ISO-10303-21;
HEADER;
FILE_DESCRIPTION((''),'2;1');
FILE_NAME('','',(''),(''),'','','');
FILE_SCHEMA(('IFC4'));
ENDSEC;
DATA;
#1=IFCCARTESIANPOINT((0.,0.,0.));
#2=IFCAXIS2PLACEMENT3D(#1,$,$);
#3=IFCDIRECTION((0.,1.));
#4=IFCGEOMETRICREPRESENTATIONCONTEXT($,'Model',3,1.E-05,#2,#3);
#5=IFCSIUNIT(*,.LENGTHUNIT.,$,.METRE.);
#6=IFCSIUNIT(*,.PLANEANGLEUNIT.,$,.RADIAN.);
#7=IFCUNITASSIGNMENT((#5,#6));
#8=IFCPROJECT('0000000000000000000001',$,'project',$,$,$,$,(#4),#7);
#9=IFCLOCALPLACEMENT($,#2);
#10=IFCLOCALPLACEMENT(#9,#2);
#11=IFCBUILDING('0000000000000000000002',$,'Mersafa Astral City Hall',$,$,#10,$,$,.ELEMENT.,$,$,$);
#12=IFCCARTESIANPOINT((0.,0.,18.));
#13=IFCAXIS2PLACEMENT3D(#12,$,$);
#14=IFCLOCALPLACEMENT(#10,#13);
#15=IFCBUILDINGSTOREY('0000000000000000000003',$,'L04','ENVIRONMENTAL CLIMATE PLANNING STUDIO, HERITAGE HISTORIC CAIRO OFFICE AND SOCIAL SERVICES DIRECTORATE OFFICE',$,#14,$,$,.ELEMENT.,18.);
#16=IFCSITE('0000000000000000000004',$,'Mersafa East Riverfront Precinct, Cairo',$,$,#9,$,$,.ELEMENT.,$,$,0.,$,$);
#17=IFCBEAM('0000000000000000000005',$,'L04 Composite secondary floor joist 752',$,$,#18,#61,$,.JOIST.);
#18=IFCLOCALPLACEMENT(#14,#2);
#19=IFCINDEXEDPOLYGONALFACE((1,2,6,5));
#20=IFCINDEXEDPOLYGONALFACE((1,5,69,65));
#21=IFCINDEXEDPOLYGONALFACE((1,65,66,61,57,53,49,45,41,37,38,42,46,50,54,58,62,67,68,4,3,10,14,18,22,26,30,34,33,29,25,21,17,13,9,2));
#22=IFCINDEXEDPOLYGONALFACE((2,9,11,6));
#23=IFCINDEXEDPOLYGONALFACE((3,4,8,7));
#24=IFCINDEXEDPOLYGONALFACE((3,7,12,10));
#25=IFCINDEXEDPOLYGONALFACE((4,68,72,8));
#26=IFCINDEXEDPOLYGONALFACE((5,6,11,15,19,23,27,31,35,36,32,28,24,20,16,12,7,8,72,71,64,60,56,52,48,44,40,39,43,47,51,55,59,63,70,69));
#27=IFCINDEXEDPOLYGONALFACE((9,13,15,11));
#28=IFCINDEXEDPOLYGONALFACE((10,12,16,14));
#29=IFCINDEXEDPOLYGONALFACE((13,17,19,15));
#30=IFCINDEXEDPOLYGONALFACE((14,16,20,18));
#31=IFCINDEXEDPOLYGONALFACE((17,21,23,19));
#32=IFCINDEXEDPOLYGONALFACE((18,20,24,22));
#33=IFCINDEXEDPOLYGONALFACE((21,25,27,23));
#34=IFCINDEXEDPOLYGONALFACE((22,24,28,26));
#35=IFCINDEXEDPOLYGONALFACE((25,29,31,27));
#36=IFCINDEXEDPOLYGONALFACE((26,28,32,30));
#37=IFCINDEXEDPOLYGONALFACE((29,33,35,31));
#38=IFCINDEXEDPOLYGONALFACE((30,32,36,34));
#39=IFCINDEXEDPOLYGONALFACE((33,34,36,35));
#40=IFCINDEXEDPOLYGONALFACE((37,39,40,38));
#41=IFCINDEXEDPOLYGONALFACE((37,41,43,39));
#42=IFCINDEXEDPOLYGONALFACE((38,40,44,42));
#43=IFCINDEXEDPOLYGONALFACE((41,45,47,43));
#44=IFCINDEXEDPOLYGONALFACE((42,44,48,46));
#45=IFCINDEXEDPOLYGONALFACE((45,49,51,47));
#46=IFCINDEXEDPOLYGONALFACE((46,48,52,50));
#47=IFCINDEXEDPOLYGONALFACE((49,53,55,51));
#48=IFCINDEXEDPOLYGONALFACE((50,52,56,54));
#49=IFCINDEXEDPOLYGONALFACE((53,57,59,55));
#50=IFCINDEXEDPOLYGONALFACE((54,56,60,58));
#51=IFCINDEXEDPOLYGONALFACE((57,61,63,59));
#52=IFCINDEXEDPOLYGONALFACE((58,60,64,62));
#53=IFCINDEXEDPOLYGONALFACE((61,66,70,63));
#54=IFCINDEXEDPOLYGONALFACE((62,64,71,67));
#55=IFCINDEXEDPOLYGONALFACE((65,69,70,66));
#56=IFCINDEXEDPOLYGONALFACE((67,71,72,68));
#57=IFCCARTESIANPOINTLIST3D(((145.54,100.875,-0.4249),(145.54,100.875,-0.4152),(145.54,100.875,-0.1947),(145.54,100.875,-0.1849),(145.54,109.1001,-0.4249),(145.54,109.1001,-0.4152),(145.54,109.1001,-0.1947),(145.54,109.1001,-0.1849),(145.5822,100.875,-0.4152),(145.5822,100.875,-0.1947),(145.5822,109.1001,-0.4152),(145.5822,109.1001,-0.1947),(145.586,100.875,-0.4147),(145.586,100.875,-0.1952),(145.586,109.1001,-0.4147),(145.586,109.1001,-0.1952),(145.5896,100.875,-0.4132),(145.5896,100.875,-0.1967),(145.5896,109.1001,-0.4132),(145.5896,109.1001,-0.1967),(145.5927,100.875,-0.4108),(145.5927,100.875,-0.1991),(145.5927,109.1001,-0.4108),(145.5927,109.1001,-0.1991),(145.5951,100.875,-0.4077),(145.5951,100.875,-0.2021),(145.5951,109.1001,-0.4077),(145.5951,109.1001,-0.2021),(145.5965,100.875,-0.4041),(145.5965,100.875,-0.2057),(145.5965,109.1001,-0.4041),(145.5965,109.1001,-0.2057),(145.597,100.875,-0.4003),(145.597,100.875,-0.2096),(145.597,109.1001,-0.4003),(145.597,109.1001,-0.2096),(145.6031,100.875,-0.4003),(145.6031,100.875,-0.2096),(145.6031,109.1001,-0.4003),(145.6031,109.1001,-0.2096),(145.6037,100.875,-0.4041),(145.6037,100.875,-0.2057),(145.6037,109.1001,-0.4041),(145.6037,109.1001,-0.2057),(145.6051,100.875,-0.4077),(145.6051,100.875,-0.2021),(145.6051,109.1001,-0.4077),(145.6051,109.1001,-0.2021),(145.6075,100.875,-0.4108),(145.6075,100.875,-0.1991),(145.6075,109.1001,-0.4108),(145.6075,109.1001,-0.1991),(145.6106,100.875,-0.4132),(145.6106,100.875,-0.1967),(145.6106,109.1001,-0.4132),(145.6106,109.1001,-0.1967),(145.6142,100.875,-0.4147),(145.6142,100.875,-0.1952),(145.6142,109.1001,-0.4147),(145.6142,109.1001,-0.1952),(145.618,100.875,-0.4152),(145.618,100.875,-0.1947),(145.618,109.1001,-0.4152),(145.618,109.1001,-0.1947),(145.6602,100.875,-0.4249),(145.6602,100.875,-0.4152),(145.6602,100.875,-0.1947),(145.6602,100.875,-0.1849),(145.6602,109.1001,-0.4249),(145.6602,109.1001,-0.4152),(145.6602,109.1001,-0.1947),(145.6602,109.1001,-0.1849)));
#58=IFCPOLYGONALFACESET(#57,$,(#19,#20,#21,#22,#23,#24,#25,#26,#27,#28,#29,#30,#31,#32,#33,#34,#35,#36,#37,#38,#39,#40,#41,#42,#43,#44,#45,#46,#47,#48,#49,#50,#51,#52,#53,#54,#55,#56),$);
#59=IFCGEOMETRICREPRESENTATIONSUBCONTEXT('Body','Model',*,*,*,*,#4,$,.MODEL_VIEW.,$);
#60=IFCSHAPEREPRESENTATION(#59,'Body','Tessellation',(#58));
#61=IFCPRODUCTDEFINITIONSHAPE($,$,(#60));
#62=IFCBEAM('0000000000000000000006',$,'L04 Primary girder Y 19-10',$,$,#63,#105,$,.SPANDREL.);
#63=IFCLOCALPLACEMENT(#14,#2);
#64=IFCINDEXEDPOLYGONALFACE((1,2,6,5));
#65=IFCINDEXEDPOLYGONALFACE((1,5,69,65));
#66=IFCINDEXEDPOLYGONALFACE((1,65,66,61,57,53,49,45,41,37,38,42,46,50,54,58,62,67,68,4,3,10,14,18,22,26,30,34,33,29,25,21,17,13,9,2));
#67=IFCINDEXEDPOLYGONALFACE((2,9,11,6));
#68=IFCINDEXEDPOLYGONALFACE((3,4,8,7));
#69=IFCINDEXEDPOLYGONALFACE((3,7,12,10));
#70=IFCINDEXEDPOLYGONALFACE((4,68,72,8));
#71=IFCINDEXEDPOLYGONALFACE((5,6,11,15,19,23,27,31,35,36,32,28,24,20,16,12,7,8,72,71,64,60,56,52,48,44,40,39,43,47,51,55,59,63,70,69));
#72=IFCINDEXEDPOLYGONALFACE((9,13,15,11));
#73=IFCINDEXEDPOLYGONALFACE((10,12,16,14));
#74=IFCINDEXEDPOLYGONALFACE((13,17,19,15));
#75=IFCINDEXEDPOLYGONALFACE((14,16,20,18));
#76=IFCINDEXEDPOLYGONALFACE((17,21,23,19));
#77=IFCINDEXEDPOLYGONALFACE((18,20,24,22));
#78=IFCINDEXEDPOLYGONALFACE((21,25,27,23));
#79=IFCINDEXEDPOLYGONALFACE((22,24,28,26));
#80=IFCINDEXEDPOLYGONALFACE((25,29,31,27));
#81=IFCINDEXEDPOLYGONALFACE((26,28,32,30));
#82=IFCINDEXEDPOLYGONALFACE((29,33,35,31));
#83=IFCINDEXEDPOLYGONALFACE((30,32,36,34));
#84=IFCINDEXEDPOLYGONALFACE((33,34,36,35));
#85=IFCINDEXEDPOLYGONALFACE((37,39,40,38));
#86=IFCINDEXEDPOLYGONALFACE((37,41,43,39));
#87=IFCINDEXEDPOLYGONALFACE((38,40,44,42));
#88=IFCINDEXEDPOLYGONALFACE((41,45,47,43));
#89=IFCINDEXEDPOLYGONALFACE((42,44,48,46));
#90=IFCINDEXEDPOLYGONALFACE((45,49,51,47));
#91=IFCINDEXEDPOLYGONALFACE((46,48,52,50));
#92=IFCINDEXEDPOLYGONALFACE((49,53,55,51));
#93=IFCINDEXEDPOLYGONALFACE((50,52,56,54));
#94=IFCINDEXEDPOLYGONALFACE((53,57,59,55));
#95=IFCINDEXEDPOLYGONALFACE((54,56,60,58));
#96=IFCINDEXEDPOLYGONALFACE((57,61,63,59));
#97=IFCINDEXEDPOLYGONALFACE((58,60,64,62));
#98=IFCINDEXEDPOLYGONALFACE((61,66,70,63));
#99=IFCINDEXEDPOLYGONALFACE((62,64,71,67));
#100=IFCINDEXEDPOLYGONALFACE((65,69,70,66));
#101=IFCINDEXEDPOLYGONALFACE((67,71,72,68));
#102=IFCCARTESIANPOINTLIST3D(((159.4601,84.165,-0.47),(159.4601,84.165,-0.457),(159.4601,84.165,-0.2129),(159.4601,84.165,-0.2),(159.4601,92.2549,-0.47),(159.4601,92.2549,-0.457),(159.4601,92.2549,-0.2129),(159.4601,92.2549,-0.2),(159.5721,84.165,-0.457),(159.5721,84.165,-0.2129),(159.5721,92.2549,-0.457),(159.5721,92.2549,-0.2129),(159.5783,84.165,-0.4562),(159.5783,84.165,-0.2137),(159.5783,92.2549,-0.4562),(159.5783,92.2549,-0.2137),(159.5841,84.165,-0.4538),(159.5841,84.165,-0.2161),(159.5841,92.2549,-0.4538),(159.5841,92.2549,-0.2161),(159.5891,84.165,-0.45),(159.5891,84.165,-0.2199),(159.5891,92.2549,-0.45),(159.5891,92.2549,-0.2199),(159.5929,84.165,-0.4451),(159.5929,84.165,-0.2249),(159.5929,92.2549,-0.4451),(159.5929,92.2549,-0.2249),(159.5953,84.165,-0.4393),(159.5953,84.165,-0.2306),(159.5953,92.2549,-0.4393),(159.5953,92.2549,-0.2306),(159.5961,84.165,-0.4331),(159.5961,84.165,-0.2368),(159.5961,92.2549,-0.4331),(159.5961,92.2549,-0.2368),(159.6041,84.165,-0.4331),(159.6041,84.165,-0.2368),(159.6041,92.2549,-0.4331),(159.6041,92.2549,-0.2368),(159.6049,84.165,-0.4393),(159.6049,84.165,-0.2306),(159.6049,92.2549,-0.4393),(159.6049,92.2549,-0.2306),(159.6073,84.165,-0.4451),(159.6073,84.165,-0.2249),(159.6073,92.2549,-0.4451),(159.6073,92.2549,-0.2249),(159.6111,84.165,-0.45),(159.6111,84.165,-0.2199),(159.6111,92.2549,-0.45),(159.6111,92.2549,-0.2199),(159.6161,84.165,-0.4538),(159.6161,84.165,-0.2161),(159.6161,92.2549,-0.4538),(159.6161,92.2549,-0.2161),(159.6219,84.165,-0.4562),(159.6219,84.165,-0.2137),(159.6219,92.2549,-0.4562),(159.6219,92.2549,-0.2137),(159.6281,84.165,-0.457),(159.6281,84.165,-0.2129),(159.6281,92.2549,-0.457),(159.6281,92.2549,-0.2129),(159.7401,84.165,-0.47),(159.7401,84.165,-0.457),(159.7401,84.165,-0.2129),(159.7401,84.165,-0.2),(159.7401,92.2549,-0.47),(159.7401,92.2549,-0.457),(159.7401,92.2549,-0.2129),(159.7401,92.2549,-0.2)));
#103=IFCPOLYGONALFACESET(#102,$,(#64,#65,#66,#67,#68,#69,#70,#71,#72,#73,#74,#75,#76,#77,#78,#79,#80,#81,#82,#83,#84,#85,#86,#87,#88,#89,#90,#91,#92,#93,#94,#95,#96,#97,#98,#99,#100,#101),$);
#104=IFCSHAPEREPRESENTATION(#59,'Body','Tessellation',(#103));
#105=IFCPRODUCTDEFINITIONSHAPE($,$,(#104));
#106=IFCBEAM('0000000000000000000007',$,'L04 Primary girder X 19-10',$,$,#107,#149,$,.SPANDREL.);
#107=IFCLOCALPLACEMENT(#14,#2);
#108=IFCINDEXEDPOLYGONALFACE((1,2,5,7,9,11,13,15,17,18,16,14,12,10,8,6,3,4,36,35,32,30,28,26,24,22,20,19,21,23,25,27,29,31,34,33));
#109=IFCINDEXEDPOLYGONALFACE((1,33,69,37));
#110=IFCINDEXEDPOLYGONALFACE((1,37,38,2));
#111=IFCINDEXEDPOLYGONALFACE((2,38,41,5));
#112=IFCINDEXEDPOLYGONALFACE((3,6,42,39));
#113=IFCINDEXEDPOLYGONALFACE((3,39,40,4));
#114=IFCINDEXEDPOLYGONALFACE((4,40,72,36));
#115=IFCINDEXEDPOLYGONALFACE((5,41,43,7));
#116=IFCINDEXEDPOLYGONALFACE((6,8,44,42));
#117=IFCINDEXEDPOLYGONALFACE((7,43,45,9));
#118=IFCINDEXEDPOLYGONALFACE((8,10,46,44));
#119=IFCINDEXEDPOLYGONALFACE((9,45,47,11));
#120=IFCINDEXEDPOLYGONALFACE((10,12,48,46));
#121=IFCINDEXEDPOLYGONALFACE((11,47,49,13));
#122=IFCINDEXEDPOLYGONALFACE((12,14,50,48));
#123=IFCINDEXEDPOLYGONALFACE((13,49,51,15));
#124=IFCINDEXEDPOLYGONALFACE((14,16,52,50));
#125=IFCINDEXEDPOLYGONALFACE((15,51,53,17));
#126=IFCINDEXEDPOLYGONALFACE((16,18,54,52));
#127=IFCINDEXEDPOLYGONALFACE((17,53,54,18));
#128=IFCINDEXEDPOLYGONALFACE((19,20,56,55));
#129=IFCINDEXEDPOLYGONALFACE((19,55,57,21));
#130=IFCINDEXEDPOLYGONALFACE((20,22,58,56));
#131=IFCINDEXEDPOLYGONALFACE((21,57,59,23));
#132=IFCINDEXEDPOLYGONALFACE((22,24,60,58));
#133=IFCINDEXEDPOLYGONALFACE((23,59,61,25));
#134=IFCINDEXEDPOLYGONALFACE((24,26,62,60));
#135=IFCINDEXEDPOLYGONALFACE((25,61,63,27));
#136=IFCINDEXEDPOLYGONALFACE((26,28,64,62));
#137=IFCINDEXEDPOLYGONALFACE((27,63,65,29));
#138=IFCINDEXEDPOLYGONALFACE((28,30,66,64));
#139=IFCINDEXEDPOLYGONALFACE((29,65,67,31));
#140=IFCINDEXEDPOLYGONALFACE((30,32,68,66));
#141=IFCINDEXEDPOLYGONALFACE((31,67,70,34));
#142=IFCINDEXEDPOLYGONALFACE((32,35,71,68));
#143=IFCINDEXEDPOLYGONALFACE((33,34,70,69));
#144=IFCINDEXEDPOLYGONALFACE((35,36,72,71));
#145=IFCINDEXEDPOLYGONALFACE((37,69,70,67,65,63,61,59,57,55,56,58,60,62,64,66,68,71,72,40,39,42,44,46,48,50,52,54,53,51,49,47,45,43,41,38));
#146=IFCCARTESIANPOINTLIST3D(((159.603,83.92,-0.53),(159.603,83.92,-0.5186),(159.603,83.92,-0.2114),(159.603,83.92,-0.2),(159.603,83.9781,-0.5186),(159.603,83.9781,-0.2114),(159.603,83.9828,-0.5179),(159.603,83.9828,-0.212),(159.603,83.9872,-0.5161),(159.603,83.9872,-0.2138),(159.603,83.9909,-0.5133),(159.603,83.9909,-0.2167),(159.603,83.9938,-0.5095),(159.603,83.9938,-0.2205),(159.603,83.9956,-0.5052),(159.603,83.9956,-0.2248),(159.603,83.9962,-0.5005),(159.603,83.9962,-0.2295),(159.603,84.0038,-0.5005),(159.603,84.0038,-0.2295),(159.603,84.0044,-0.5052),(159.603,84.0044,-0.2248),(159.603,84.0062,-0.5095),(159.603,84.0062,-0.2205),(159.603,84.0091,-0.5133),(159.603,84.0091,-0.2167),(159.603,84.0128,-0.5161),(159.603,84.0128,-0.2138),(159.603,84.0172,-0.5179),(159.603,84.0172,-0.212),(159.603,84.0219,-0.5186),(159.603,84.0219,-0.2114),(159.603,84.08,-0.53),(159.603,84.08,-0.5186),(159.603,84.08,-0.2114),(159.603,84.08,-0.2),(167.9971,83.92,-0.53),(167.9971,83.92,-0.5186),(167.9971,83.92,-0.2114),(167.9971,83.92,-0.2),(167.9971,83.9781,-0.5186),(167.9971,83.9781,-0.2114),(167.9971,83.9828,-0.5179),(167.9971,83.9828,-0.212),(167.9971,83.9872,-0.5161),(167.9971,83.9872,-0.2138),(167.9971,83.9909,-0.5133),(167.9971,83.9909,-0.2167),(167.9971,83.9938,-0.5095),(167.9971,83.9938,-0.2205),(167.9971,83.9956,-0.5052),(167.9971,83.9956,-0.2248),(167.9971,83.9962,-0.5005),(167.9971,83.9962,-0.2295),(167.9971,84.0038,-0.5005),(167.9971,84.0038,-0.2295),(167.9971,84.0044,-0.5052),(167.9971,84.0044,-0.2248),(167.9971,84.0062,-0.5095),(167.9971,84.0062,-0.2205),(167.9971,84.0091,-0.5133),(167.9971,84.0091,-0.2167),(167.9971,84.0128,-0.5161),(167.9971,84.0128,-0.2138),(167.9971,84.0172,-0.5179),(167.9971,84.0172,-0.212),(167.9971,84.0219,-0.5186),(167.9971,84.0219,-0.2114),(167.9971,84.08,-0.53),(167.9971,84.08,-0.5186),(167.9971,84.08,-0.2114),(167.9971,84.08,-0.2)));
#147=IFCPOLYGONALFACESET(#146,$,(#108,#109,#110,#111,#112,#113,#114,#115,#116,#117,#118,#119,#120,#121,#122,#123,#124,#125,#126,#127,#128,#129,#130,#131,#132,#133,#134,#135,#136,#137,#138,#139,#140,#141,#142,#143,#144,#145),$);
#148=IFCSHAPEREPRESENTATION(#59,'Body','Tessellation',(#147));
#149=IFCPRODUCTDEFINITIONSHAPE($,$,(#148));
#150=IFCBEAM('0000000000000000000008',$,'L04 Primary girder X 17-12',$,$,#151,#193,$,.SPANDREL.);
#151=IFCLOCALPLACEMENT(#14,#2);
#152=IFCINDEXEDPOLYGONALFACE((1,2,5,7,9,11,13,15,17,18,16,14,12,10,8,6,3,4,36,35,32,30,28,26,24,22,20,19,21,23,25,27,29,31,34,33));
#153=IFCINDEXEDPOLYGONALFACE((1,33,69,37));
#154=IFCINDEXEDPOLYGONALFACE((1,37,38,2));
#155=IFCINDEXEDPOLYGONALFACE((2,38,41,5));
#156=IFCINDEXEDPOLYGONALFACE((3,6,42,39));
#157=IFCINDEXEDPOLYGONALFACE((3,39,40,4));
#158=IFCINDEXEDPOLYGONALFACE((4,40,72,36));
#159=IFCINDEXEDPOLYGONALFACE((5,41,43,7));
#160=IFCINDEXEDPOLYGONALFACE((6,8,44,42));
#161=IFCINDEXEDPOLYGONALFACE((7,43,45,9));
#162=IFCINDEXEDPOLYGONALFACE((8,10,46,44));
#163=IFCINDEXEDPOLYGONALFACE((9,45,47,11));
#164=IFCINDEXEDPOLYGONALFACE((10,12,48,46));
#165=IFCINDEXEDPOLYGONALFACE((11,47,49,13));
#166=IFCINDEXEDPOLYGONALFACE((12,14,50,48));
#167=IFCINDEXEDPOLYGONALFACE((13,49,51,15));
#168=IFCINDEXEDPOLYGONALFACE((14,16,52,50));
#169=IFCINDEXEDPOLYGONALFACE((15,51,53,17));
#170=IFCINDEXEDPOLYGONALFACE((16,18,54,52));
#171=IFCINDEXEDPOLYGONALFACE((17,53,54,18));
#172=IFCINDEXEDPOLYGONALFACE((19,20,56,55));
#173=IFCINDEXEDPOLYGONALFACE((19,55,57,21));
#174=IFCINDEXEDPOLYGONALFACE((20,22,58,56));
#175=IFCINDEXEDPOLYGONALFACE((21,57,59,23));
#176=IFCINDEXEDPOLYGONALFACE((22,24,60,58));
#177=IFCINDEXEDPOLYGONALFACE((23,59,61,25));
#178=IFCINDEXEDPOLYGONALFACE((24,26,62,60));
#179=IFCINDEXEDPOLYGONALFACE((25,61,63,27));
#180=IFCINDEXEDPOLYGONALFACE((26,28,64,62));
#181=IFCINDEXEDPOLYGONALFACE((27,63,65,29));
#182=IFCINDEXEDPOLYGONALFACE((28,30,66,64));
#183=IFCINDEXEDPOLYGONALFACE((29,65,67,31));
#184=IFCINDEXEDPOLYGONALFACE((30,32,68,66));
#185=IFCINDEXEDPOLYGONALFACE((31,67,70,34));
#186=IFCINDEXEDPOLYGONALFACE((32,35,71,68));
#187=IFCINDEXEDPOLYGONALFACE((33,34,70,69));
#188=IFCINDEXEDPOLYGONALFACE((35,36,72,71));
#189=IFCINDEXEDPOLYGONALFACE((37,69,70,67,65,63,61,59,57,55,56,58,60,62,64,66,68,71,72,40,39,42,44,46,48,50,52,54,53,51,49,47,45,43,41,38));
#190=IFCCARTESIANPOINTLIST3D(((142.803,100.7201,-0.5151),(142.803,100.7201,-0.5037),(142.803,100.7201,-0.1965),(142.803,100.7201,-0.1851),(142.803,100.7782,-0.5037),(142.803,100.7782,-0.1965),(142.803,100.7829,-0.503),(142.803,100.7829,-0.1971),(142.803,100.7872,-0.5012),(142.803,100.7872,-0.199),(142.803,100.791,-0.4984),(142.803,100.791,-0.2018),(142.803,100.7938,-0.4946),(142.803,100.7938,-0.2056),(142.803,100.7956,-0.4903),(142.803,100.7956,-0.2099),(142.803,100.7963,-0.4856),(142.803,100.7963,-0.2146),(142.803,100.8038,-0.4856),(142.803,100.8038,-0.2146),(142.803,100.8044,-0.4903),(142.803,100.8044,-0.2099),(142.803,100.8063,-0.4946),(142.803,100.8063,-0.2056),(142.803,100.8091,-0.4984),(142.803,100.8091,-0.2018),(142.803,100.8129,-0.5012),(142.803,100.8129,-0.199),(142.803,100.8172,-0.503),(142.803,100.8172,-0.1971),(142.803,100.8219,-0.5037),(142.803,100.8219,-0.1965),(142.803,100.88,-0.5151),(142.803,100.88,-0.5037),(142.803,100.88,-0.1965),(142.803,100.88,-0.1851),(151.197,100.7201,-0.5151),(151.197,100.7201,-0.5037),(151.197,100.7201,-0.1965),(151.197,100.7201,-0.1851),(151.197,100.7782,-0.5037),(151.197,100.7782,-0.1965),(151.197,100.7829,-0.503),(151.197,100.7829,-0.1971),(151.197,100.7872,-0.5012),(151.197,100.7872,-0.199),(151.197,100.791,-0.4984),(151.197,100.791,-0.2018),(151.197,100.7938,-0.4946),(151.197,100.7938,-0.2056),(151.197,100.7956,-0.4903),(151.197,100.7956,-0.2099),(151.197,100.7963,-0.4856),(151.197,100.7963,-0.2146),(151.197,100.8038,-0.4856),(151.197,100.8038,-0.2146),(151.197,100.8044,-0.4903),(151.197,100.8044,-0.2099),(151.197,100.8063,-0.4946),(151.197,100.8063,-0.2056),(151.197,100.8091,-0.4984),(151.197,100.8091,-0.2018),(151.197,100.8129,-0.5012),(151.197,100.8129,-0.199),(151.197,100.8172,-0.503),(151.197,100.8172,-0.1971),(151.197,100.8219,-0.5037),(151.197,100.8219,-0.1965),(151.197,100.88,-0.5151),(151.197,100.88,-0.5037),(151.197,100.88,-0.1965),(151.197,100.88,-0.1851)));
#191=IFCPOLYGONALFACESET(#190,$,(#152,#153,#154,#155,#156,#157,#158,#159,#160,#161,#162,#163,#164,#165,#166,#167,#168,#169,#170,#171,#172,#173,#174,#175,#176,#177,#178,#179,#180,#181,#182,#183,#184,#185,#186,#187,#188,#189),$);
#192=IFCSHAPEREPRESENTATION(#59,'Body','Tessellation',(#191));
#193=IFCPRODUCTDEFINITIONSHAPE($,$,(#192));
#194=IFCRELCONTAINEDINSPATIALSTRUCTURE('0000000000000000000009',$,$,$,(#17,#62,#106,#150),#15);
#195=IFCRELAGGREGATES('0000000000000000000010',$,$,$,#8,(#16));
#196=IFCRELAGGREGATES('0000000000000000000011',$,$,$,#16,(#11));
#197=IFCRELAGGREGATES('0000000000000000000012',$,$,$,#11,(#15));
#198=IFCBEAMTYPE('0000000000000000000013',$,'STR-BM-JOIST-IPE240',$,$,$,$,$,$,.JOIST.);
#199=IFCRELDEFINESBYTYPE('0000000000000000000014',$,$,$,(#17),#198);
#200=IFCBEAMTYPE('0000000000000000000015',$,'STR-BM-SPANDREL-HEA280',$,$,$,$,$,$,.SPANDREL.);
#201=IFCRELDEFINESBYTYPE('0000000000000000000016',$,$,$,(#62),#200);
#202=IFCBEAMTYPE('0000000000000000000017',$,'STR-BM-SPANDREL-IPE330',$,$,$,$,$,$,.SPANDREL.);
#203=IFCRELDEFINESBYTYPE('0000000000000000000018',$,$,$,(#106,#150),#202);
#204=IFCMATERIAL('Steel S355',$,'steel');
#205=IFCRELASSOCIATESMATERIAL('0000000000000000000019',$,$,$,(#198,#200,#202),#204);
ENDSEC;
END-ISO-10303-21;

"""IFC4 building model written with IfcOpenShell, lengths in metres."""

from ifc_helpers import new_model, si_unit, direction, frame, origin, origin_2d, place, context, subcontext, project, spatial, i_section, extrude, material, material_profile, profile_set, type_object, element, save


model = new_model("IFC4")

# Units and contexts
model_context = context("Model", 3, precision=1e-05, world=origin(), true_north=direction((0.0, 1.0)))
body_context = subcontext(model_context, "Body", "Model", "MODEL_VIEW")
ifc_project = project(units=[si_unit("LENGTHUNIT", "METRE"), si_unit("PLANEANGLEUNIT", "RADIAN")], contexts=[model_context])

# Site, building, storey
site_placement = place(None, origin())
site = spatial("IfcSite", under=ifc_project, at=site_placement, Name="Mersafa East Riverfront Precinct, Cairo", CompositionType="ELEMENT", RefElevation=0.0)
building_placement = place(site_placement, origin())
building = spatial("IfcBuilding", under=site, at=building_placement, Name="Mersafa Astral City Hall", CompositionType="ELEMENT")
storey_placement = place(building_placement, frame((0.0, 0.0, 18.0)))
storey = spatial("IfcBuildingStorey", under=building, at=storey_placement, Name="L04", Description="ENVIRONMENTAL CLIMATE PLANNING STUDIO, HERITAGE HISTORIC CAIRO OFFICE AND SOCIAL SERVICES DIRECTORATE OFFICE", CompositionType="ELEMENT", Elevation=18.0)

# Shared definitions
ifc_material_1 = material(Name="Steel S355", Category="steel")

# Beams
ifc_material_profile_1 = material_profile(ifc_material_1, i_section(OverallWidth=0.1201, OverallDepth=0.24, WebThickness=0.0061, FlangeThickness=0.0098, FilletRadius=0.0149, at=origin_2d()), Name="IPE 240")
ifc_profile_set_1 = profile_set([ifc_material_profile_1], Name="Steel S355")
beam_type_1 = type_object("IfcBeamType", Name="STR-BM-JOIST-IPE240", PredefinedType="JOIST", material=ifc_profile_set_1)
beam_1_placement = place(storey_placement, frame((145.6001, 100.875, -0.3049), z_axis=(0.0, 1.0, 0.0), x_axis=(-1.0, 0.0, 0.0)))
element("IfcBeam", 1, at=beam_1_placement, inside=storey, type_object=beam_type_1, Name="L04 Composite secondary floor joist 752", PredefinedType="JOIST", context=body_context, shape_type="SweptSolid", body=[
    extrude(i_section(OverallWidth=0.1201, OverallDepth=0.24, WebThickness=0.0061, FlangeThickness=0.0098, FilletRadius=0.0149, at=origin_2d()), origin(), (0.0, 0.0, 1.0), 8.2251),
])
ifc_material_profile_2 = material_profile(ifc_material_1, i_section(OverallWidth=0.28, OverallDepth=0.27, WebThickness=0.0081, FlangeThickness=0.0129, FilletRadius=0.0239, at=origin_2d()), Name="HEA 280")
ifc_profile_set_2 = profile_set([ifc_material_profile_2], Name="Steel S355")
beam_type_2 = type_object("IfcBeamType", Name="STR-BM-SPANDREL-HEA280", PredefinedType="SPANDREL", material=ifc_profile_set_2)
beam_2_placement = place(storey_placement, frame((159.6001, 84.165, -0.335), z_axis=(0.0, 1.0, 0.0), x_axis=(-1.0, 0.0, 0.0)))
element("IfcBeam", 2, at=beam_2_placement, inside=storey, type_object=beam_type_2, Name="L04 Primary girder Y 19-10", PredefinedType="SPANDREL", context=body_context, shape_type="SweptSolid", body=[
    extrude(i_section(OverallWidth=0.28, OverallDepth=0.27, WebThickness=0.0081, FlangeThickness=0.0129, FilletRadius=0.0239, at=origin_2d()), origin(), (0.0, 0.0, 1.0), 8.0898),
])
ifc_material_profile_3 = material_profile(ifc_material_1, i_section(OverallWidth=0.1599, OverallDepth=0.3301, WebThickness=0.0076, FlangeThickness=0.0115, FilletRadius=0.0181, at=origin_2d()), Name="IPE 330")
ifc_profile_set_3 = profile_set([ifc_material_profile_3], Name="Steel S355")
beam_type_3 = type_object("IfcBeamType", Name="STR-BM-SPANDREL-IPE330", PredefinedType="SPANDREL", material=ifc_profile_set_3)
for number, where, z_axis, x_axis, name in (
    (3, (159.603, 84.0, -0.365), (1.0, 0.0, 0.0), (0.0, 1.0, 0.0), "L04 Primary girder X 19-10"),
    (4, (142.803, 100.8, -0.3501), (1.0, 0.0, 0.0), (0.0, 1.0, 0.0), "L04 Primary girder X 17-12"),
):
    element("IfcBeam", number, at=place(storey_placement, frame(where, z_axis=z_axis, x_axis=x_axis)), inside=storey, type_object=beam_type_3, Name=name, PredefinedType="SPANDREL", context=body_context, shape_type="SweptSolid", body=[
        extrude(i_section(OverallWidth=0.1599, OverallDepth=0.3301, WebThickness=0.0076, FlangeThickness=0.0115, FilletRadius=0.0181, at=origin_2d()), origin(), (0.0, 0.0, 1.0), 8.394),
    ])

save(model, "model.ifc")
